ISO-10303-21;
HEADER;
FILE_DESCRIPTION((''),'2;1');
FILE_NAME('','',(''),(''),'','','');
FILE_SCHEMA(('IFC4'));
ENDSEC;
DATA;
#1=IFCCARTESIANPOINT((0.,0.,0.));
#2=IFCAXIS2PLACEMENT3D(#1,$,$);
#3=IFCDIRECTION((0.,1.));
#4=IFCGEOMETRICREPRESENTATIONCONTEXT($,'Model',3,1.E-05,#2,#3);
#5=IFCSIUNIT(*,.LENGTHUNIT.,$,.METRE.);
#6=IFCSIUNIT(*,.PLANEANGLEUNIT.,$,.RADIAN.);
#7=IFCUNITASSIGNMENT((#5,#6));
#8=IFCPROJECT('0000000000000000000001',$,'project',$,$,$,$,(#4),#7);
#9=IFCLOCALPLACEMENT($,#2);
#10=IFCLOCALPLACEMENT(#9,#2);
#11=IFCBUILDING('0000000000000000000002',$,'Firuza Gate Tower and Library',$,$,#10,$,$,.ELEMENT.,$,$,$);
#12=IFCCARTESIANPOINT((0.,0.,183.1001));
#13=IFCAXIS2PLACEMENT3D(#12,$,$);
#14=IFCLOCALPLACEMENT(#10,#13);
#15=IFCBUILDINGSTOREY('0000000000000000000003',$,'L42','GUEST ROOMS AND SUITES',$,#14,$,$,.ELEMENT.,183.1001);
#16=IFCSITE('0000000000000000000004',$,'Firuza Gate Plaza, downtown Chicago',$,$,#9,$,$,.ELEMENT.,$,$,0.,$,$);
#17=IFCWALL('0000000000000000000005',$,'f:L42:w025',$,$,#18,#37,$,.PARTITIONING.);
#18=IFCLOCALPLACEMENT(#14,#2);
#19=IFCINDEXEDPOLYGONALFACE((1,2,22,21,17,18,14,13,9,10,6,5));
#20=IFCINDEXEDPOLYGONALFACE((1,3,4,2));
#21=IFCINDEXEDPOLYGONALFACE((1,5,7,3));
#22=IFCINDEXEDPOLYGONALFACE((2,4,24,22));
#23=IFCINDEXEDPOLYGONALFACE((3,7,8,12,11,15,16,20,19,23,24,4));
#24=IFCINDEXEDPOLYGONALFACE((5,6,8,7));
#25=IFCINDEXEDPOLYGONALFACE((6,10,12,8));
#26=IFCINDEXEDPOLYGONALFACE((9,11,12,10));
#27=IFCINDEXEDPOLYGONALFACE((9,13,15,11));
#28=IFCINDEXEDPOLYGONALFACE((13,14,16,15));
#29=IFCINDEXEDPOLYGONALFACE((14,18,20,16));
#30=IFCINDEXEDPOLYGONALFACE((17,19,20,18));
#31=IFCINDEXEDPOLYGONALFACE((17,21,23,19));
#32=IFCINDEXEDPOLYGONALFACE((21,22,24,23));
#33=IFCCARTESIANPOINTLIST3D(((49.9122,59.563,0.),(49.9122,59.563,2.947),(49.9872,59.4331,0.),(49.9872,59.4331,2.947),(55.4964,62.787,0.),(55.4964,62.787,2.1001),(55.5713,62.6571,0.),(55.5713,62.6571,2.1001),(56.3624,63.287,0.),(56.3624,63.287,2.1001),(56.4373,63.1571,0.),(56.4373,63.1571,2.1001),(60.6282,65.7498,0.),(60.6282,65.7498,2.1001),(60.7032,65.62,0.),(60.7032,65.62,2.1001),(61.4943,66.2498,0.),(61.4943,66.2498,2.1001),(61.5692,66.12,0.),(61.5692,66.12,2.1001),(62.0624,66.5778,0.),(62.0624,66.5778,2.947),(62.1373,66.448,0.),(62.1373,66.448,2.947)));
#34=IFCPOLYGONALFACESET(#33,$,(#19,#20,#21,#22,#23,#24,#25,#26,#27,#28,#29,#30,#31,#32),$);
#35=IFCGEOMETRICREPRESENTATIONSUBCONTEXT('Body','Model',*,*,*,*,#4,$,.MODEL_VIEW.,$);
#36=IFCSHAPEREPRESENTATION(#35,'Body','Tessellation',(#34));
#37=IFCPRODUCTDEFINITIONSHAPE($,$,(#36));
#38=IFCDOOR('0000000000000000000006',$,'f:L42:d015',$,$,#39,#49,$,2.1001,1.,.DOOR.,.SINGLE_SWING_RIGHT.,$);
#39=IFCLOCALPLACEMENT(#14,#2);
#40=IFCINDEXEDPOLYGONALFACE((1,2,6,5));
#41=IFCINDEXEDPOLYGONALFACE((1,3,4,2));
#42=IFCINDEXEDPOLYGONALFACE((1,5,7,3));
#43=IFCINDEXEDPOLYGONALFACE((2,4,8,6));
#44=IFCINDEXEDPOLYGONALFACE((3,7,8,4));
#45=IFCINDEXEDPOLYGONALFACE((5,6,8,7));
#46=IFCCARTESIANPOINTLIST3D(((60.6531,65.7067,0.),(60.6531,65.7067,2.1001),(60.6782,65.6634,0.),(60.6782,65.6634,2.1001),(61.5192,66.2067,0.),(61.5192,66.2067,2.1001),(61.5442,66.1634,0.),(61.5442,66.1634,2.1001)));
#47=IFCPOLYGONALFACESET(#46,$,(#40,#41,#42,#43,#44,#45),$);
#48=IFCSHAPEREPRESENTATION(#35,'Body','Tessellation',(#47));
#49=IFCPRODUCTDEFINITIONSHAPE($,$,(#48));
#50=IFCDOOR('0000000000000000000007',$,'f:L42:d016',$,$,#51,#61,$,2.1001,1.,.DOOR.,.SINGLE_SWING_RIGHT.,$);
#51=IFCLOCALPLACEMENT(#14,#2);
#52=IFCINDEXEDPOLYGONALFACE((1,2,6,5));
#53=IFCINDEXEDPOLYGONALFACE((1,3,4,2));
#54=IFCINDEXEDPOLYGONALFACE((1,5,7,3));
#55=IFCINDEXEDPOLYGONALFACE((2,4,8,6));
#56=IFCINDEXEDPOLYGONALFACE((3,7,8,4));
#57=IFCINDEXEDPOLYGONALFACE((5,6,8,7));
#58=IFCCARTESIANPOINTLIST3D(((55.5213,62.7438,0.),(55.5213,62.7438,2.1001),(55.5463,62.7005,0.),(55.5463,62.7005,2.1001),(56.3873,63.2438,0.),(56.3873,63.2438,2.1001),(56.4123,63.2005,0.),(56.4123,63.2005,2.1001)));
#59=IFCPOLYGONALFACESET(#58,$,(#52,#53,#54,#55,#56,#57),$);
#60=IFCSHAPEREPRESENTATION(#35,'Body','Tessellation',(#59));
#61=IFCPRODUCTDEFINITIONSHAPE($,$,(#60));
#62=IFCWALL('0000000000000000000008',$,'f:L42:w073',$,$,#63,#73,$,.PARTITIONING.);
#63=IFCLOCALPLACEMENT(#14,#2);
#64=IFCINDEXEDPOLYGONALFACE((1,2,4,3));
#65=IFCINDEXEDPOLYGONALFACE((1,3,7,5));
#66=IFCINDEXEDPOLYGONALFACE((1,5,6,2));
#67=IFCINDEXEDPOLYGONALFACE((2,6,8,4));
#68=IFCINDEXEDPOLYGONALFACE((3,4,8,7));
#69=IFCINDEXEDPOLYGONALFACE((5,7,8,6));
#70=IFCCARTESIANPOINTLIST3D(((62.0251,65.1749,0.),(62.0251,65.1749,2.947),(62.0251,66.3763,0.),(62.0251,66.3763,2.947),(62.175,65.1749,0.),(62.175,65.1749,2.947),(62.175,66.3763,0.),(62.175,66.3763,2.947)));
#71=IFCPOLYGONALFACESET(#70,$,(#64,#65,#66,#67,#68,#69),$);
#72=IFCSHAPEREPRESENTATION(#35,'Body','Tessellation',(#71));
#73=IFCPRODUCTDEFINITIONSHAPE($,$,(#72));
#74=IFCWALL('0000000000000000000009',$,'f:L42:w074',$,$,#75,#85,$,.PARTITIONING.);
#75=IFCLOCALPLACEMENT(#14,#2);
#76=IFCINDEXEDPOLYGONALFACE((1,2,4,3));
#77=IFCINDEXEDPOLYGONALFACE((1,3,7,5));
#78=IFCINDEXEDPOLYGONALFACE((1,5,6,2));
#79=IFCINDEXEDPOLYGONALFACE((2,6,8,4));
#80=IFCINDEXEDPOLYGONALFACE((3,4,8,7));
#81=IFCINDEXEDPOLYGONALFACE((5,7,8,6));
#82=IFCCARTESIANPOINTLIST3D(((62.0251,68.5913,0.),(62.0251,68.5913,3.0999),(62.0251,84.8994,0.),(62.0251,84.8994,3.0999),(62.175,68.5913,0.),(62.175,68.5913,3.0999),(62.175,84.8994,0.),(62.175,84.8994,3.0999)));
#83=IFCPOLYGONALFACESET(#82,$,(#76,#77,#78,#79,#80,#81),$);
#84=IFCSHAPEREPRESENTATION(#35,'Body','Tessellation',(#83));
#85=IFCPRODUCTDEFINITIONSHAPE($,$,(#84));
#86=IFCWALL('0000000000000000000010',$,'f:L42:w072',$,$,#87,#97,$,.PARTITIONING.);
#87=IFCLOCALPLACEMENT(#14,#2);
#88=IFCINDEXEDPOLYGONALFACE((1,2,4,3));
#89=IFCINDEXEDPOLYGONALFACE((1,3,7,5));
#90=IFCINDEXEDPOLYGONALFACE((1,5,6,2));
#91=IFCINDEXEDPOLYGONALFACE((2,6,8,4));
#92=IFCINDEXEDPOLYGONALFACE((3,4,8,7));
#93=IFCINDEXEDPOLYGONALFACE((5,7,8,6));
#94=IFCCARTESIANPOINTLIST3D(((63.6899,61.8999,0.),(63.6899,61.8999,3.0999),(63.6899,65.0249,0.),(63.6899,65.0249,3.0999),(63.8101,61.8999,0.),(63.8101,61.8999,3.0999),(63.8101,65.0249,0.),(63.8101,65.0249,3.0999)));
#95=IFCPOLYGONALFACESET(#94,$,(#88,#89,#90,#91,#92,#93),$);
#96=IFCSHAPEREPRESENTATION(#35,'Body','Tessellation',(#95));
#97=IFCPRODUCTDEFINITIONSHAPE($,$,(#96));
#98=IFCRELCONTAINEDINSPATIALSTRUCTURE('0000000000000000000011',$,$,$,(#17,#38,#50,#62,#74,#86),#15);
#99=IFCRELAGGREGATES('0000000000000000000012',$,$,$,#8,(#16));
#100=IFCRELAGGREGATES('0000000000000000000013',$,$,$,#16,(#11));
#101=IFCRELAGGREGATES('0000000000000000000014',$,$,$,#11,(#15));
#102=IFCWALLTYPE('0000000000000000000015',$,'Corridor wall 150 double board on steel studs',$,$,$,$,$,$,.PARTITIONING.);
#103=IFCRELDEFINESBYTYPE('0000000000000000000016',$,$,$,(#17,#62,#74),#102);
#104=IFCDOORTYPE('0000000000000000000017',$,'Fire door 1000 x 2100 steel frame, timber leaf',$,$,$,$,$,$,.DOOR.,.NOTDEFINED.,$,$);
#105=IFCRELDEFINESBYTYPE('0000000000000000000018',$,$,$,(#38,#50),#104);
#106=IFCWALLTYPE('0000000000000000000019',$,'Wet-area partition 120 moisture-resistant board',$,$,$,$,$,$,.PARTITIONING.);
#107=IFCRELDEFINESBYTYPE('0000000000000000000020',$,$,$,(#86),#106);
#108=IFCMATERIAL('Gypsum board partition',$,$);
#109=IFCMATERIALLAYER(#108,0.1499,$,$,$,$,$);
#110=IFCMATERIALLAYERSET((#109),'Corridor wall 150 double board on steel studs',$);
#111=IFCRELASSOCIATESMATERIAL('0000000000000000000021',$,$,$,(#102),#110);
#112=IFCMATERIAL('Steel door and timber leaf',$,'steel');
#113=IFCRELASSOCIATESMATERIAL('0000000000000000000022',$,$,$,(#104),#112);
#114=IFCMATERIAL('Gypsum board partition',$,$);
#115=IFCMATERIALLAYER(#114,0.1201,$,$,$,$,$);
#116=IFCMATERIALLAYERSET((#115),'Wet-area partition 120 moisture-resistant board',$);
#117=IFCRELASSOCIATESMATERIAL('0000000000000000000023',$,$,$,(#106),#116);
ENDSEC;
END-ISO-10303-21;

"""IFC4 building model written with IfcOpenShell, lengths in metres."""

from ifc_helpers import new_model, si_unit, direction, frame, frame_2d, origin, place, context, subcontext, project, spatial, rectangle, extrude, material, layer, layer_set, type_object, element, fill, save


model = new_model("IFC4")

# Units and contexts
model_context = context("Model", 3, precision=1e-05, world=origin(), true_north=direction((0.0, 1.0)))
body_context = subcontext(model_context, "Body", "Model", "MODEL_VIEW")
ifc_project = project(units=[si_unit("LENGTHUNIT", "METRE"), si_unit("PLANEANGLEUNIT", "RADIAN")], contexts=[model_context])

# Site, building, storey
site_placement = place(None, origin())
site = spatial("IfcSite", under=ifc_project, at=site_placement, Name="Firuza Gate Plaza, downtown Chicago", CompositionType="ELEMENT", RefElevation=0.0)
building_placement = place(site_placement, origin())
building = spatial("IfcBuilding", under=site, at=building_placement, Name="Firuza Gate Tower and Library", CompositionType="ELEMENT")
storey_placement = place(building_placement, frame((0.0, 0.0, 183.1001)))
storey = spatial("IfcBuildingStorey", under=building, at=storey_placement, Name="L42", Description="GUEST ROOMS AND SUITES", CompositionType="ELEMENT", Elevation=183.1001)

# Wall, openings, doors
ifc_material_1 = material(Name="Gypsum board partition")
ifc_layer_1 = layer(ifc_material_1, 0.1499)
ifc_layer_set_1 = layer_set([ifc_layer_1], Name="Corridor wall 150 double board on steel studs")
wall_type_1 = type_object("IfcWallType", Name="Corridor wall 150 double board on steel studs", PredefinedType="PARTITIONING", material=ifc_layer_set_1)
wall_1_placement = place(storey_placement, frame((62.0999, 66.5129, 0.0), z_axis=(0.0, 0.0, 1.0), x_axis=(-0.866025, -0.5, 0.0)))
wall_1 = element("IfcWall", 1, at=wall_1_placement, inside=storey, type_object=wall_type_1, Name="f:L42:w025", PredefinedType="PARTITIONING", context=body_context, shape_type="SweptSolid", body=[
    extrude(rectangle(XDim=14.0298, YDim=0.1499, at=frame_2d((7.0149, 0.0))), origin(), (0.0, 0.0, 1.0), 2.947),
])
opening_1_placement = place(wall_1_placement, frame((0.656, 0.0, 0.0)))
opening_1 = element("IfcOpeningElement", 2, at=opening_1_placement, cuts=wall_1, PredefinedType="OPENING", context=body_context, shape_type="SweptSolid", body=[
    extrude(rectangle(XDim=1.0, YDim=2.1001, at=frame_2d((0.5, 1.05))), frame((0.0, 0.085, 0.0), z_axis=(0.0, -1.0, 0.0), x_axis=(1.0, 0.0, 0.0)), (0.0, 0.0, 1.0), 0.1699),
])
opening_2_placement = place(wall_1_placement, frame((6.5818, 0.0, 0.0)))
opening_2 = element("IfcOpeningElement", 3, at=opening_2_placement, cuts=wall_1, PredefinedType="OPENING", context=body_context, shape_type="SweptSolid", body=[
    extrude(rectangle(XDim=1.0, YDim=2.1001, at=frame_2d((0.5, 1.05))), frame((0.0, 0.085, 0.0), z_axis=(0.0, -1.0, 0.0), x_axis=(1.0, 0.0, 0.0)), (0.0, 0.0, 1.0), 0.1699),
])
ifc_material_2 = material(Name="Steel door and timber leaf", Category="steel")
door_type_1 = type_object("IfcDoorType", Name="Fire door 1000 x 2100 steel frame, timber leaf", OperationType="NOTDEFINED", PredefinedType="DOOR", material=ifc_material_2)
door_1_placement = place(opening_1_placement, origin())
door_1 = element("IfcDoor", 4, at=door_1_placement, inside=storey, type_object=door_type_1, Name="f:L42:d015", OperationType="SINGLE_SWING_RIGHT", OverallHeight=2.1001, OverallWidth=1.0, PredefinedType="DOOR", context=body_context, shape_type="SweptSolid", body=[
    extrude(rectangle(XDim=1.0, YDim=2.1001, at=frame_2d((0.5, 1.05))), frame((0.0, 0.0249, 0.0), z_axis=(0.0, -1.0, 0.0), x_axis=(1.0, 0.0, 0.0)), (0.0, 0.0, 1.0), 0.05),
])
fill(opening_1, door_1)
door_2_placement = place(opening_2_placement, origin())
door_2 = element("IfcDoor", 5, at=door_2_placement, inside=storey, type_object=door_type_1, Name="f:L42:d016", OperationType="SINGLE_SWING_RIGHT", OverallHeight=2.1001, OverallWidth=1.0, PredefinedType="DOOR", context=body_context, shape_type="SweptSolid", body=[
    extrude(rectangle(XDim=1.0, YDim=2.1001, at=frame_2d((0.5, 1.05))), frame((0.0, 0.0249, 0.0), z_axis=(0.0, -1.0, 0.0), x_axis=(1.0, 0.0, 0.0)), (0.0, 0.0, 1.0), 0.05),
])
fill(opening_2, door_2)

# Walls
wall_2_placement = place(storey_placement, frame((62.1001, 65.175, 0.0), z_axis=(0.0, 0.0, 1.0), x_axis=(0.0, 1.0, 0.0)))
element("IfcWall", 6, at=wall_2_placement, inside=storey, type_object=wall_type_1, Name="f:L42:w073", PredefinedType="PARTITIONING", context=body_context, shape_type="SweptSolid", body=[
    extrude(rectangle(XDim=1.2014, YDim=0.1499, at=frame_2d((0.6006, 0.0))), origin(), (0.0, 0.0, 1.0), 2.947),
])
wall_3_placement = place(storey_placement, frame((62.1001, 68.5913, 0.0), z_axis=(0.0, 0.0, 1.0), x_axis=(0.0, 1.0, 0.0)))
element("IfcWall", 7, at=wall_3_placement, inside=storey, type_object=wall_type_1, Name="f:L42:w074", PredefinedType="PARTITIONING", context=body_context, shape_type="SweptSolid", body=[
    extrude(rectangle(XDim=16.3081, YDim=0.1499, at=frame_2d((8.1541, 0.0))), origin(), (0.0, 0.0, 1.0), 3.0999),
])
ifc_material_3 = material(Name="Gypsum board partition")
ifc_layer_2 = layer(ifc_material_3, 0.1201)
ifc_layer_set_2 = layer_set([ifc_layer_2], Name="Wet-area partition 120 moisture-resistant board")
wall_type_2 = type_object("IfcWallType", Name="Wet-area partition 120 moisture-resistant board", PredefinedType="PARTITIONING", material=ifc_layer_set_2)
wall_4_placement = place(storey_placement, frame((63.75, 61.8999, 0.0), z_axis=(0.0, 0.0, 1.0), x_axis=(0.0, 1.0, 0.0)))
element("IfcWall", 8, at=wall_4_placement, inside=storey, type_object=wall_type_2, Name="f:L42:w072", PredefinedType="PARTITIONING", context=body_context, shape_type="SweptSolid", body=[
    extrude(rectangle(XDim=3.125, YDim=0.1201, at=frame_2d((1.5625, 0.0))), origin(), (0.0, 0.0, 1.0), 3.0999),
])

save(model, "model.ifc")
